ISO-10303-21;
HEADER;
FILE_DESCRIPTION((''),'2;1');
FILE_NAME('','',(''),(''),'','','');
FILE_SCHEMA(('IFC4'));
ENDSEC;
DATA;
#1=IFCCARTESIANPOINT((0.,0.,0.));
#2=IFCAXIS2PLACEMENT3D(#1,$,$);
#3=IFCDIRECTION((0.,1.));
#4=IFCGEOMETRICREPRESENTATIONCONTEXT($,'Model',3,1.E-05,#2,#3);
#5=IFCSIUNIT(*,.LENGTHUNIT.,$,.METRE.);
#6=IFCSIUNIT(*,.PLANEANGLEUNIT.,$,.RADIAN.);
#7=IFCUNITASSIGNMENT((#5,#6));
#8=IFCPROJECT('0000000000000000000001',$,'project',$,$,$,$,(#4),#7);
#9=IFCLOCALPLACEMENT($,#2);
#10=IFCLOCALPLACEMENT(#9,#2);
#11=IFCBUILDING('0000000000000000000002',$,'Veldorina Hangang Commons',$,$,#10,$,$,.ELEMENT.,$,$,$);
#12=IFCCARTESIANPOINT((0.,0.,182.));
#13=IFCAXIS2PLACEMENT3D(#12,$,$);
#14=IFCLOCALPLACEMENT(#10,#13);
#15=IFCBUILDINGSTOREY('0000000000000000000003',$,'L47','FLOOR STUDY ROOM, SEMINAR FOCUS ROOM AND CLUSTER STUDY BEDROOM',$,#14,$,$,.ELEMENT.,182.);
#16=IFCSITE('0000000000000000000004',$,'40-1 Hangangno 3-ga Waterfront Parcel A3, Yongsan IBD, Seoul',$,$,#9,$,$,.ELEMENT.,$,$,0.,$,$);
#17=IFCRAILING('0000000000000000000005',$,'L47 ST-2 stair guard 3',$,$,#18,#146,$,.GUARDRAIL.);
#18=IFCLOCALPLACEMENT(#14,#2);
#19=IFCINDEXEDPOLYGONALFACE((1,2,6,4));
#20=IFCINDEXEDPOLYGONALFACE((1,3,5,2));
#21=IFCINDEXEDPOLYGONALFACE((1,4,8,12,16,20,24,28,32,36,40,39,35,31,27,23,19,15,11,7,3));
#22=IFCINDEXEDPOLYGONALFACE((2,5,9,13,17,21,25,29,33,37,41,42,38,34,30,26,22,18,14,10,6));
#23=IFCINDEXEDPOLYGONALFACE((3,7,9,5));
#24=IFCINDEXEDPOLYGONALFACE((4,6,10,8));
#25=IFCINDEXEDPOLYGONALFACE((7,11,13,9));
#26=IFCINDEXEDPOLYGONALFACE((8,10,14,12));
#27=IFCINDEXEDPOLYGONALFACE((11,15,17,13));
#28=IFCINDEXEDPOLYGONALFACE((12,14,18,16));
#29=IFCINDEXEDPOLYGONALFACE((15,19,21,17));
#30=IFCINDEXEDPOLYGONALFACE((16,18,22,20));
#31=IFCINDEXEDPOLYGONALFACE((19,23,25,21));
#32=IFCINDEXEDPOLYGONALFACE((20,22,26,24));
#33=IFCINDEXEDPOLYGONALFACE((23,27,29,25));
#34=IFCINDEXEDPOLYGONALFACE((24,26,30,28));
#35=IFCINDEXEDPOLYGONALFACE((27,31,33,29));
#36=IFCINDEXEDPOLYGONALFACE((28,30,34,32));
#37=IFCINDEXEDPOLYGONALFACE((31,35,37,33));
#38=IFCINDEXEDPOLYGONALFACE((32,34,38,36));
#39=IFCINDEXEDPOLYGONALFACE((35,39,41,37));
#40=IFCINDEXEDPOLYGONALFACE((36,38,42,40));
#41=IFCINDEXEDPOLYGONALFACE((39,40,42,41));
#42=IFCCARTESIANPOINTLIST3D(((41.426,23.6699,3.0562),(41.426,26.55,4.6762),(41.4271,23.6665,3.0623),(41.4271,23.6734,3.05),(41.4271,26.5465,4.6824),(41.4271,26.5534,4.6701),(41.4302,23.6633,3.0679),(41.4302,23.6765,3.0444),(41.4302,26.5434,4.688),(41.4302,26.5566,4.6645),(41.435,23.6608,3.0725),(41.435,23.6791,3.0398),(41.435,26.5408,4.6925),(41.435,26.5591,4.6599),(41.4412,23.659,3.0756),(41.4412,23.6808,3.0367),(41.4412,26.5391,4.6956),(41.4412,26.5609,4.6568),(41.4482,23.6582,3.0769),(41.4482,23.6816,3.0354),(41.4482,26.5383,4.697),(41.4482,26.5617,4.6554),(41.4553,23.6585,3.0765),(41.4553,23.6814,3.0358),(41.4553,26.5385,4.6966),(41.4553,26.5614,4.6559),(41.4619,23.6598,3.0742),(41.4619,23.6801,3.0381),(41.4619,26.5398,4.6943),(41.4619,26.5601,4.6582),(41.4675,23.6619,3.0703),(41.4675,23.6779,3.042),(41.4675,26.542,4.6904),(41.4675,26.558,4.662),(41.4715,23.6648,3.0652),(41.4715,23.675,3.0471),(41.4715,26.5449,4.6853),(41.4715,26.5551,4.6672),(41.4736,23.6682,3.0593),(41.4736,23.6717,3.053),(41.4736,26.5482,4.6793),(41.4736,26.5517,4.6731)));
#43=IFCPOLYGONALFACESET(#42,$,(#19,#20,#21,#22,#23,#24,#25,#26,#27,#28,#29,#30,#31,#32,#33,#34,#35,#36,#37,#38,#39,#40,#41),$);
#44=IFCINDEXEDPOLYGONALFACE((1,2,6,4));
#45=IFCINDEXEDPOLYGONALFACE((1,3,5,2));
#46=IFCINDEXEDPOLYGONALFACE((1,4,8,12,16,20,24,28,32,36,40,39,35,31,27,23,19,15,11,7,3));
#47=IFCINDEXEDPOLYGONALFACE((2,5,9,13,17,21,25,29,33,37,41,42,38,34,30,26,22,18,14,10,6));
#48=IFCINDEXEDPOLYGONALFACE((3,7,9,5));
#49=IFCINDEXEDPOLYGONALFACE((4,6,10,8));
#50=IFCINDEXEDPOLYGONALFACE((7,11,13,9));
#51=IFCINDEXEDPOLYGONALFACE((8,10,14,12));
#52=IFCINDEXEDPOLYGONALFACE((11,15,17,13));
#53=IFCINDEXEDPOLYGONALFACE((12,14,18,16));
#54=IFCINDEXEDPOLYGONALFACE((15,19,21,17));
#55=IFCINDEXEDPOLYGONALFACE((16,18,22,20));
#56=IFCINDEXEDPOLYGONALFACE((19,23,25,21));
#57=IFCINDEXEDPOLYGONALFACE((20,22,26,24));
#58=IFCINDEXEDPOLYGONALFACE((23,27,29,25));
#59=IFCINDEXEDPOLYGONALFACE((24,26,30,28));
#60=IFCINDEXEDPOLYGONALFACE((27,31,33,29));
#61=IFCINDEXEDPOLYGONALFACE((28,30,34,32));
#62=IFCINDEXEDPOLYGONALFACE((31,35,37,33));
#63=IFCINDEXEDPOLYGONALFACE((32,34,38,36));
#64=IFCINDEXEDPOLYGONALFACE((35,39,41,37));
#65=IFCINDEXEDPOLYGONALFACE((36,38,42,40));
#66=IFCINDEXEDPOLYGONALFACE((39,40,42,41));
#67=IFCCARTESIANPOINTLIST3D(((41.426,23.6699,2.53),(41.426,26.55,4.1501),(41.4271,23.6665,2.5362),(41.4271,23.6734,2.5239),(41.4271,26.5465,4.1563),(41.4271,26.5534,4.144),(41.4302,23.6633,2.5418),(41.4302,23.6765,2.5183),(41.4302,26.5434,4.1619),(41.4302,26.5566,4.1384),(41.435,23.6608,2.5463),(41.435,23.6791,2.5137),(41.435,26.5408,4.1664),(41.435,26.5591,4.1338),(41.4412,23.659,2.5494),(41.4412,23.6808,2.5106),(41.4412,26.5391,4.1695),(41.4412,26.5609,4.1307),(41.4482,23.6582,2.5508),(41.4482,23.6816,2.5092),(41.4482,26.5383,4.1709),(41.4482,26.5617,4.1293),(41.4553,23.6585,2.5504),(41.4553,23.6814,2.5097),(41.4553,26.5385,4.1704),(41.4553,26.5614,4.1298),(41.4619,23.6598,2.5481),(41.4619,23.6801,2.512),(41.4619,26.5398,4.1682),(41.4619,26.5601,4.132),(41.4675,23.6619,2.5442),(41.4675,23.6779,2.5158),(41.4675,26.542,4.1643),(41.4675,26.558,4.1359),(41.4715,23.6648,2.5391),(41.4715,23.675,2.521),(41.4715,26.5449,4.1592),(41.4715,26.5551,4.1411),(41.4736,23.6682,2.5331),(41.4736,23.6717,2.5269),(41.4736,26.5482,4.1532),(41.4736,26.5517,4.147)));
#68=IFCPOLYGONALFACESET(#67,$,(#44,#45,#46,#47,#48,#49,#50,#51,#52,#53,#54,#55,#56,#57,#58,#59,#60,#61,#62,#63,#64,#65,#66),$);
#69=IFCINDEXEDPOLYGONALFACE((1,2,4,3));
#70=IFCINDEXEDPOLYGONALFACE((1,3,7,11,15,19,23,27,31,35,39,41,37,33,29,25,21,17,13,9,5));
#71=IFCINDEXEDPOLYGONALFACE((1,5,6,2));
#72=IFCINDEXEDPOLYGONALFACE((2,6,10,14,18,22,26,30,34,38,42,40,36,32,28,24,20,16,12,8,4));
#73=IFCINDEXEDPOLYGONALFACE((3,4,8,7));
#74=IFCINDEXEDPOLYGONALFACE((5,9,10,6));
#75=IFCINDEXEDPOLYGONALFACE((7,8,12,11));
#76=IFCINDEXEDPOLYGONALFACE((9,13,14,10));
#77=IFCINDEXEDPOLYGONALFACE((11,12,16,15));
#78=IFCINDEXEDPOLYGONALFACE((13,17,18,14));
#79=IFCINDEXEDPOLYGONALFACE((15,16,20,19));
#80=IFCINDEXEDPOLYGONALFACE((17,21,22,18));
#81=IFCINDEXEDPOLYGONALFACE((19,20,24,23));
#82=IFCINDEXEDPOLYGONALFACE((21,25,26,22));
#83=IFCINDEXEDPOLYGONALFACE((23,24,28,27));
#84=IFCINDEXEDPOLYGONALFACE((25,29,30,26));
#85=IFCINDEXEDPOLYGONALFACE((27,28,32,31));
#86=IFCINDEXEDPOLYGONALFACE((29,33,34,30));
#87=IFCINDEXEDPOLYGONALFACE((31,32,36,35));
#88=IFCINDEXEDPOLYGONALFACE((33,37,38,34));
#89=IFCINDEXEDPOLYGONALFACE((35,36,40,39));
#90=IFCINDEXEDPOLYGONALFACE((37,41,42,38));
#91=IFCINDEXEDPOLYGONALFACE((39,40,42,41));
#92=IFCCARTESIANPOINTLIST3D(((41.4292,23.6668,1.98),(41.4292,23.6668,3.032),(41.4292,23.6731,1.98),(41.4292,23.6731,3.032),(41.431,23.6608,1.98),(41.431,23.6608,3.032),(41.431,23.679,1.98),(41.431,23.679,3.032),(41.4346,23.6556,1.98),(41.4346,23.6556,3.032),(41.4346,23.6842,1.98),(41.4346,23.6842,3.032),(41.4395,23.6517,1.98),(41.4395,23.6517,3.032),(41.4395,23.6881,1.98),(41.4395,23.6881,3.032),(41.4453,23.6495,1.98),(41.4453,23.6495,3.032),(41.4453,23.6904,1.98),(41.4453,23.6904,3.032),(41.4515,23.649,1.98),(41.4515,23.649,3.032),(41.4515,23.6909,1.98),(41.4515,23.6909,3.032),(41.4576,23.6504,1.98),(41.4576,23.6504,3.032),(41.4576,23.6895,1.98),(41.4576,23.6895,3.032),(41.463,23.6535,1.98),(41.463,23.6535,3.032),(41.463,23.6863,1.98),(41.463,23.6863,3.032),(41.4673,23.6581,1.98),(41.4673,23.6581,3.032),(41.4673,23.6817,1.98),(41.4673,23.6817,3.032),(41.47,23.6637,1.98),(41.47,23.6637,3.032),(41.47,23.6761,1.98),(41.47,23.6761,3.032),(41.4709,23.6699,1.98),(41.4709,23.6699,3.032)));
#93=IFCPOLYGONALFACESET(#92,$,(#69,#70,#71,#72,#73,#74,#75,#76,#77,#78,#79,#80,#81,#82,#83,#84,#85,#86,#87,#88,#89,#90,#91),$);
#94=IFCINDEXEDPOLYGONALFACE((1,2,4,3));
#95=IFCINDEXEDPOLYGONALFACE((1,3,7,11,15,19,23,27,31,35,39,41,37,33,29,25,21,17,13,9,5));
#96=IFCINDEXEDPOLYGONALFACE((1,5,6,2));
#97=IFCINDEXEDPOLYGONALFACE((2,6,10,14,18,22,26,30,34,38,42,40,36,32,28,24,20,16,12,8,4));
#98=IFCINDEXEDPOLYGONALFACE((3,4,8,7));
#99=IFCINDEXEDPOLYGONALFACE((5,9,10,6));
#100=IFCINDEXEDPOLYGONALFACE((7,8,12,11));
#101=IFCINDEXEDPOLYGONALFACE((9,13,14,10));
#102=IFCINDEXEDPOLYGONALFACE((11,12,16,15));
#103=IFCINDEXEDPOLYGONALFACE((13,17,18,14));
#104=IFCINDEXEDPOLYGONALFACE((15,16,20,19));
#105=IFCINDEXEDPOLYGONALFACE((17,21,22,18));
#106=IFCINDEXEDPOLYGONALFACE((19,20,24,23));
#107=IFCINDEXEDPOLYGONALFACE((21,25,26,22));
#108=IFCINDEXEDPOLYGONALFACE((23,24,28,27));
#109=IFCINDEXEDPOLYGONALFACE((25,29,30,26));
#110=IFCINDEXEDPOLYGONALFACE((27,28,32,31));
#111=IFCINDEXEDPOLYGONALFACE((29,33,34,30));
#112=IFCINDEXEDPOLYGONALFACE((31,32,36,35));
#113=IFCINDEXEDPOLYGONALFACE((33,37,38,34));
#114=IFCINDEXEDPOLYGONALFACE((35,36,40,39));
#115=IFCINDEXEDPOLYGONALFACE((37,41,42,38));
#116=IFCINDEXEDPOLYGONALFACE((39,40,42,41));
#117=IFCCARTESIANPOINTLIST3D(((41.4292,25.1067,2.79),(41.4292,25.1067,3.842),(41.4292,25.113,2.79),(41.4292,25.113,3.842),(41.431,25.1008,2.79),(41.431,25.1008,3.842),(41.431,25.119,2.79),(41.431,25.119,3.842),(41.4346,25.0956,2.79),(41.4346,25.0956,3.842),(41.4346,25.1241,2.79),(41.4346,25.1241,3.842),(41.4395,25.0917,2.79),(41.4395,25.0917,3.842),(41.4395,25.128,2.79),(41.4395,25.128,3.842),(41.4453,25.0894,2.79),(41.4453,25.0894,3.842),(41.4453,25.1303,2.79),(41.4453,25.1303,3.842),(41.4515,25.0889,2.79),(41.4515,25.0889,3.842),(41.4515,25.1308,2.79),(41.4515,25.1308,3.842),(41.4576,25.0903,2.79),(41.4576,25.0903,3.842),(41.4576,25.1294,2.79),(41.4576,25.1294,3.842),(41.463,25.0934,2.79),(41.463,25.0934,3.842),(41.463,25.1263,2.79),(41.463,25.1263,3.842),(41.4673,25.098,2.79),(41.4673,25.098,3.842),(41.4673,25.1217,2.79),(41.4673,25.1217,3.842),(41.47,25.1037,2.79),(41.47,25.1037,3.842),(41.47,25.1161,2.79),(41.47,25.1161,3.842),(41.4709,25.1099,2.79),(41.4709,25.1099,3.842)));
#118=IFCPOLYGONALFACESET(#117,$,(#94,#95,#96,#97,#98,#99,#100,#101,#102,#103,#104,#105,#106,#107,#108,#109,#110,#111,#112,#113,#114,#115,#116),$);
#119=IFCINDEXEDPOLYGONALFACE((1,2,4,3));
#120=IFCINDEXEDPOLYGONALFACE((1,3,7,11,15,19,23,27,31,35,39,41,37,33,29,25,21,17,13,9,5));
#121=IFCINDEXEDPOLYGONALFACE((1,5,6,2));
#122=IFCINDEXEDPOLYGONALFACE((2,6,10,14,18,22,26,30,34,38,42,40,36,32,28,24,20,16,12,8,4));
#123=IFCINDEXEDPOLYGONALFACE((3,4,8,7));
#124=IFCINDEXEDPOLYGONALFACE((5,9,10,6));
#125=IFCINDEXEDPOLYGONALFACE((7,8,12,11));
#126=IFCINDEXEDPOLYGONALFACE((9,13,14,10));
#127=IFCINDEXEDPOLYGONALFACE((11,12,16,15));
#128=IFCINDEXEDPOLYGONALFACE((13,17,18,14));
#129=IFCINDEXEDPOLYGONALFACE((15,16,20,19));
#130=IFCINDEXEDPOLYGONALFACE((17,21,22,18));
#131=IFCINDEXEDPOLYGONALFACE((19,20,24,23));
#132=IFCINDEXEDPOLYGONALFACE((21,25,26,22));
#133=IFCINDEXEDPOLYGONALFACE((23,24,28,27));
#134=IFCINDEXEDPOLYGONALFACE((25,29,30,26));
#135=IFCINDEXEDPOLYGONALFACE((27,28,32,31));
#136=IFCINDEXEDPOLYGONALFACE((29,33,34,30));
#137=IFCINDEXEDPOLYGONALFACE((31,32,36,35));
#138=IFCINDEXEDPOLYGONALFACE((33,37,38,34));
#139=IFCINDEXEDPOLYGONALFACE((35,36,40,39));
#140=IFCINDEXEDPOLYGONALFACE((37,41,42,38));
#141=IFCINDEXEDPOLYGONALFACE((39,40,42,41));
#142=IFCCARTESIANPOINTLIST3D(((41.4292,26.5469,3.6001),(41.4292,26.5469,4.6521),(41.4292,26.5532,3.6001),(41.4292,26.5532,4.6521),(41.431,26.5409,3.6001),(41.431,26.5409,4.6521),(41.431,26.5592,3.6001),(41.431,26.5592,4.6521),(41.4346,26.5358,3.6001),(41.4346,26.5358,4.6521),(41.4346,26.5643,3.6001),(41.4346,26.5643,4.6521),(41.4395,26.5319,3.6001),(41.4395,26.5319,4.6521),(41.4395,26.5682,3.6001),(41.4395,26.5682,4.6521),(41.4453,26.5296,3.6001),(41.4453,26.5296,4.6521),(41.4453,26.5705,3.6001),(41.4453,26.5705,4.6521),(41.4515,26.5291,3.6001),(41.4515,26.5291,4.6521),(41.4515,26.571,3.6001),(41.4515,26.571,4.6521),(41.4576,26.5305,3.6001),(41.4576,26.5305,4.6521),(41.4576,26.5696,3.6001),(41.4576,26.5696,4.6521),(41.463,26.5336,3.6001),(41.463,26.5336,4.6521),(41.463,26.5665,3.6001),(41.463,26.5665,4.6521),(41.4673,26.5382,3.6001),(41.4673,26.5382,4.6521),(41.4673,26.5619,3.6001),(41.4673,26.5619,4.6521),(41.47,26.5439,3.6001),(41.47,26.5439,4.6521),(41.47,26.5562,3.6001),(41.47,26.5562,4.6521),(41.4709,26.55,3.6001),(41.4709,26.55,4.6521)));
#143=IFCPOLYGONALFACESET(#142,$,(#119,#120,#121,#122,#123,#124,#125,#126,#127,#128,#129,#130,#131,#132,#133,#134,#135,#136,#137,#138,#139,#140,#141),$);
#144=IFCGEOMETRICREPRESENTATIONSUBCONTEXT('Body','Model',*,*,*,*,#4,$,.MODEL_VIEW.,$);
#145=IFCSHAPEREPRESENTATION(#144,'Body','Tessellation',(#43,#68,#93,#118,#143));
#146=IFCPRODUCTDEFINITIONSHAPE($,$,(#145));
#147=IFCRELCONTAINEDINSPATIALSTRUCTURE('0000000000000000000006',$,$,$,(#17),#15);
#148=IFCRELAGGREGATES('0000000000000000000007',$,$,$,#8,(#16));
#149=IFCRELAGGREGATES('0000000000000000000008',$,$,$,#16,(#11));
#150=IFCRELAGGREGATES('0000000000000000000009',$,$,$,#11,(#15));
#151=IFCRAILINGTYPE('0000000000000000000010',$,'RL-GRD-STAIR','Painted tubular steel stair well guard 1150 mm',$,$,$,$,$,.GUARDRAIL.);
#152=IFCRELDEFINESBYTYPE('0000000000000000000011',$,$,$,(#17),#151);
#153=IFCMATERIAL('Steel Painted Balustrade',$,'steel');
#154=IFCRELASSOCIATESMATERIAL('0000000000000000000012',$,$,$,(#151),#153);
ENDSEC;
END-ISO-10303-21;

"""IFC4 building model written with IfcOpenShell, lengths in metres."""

from ifc_helpers import new_model, si_unit, direction, frame, origin, origin_2d, place, context, subcontext, project, spatial, circle, extrude, material, type_object, element, save


model = new_model("IFC4")

# Units and contexts
model_context = context("Model", 3, precision=1e-05, world=origin(), true_north=direction((0.0, 1.0)))
body_context = subcontext(model_context, "Body", "Model", "MODEL_VIEW")
ifc_project = project(units=[si_unit("LENGTHUNIT", "METRE"), si_unit("PLANEANGLEUNIT", "RADIAN")], contexts=[model_context])

# Site, building, storey
site_placement = place(None, origin())
site = spatial("IfcSite", under=ifc_project, at=site_placement, Name="40-1 Hangangno 3-ga Waterfront Parcel A3, Yongsan IBD, Seoul", CompositionType="ELEMENT", RefElevation=0.0)
building_placement = place(site_placement, origin())
building = spatial("IfcBuilding", under=site, at=building_placement, Name="Veldorina Hangang Commons", CompositionType="ELEMENT")
storey_placement = place(building_placement, frame((0.0, 0.0, 182.0)))
storey = spatial("IfcBuildingStorey", under=building, at=storey_placement, Name="L47", Description="FLOOR STUDY ROOM, SEMINAR FOCUS ROOM AND CLUSTER STUDY BEDROOM", CompositionType="ELEMENT", Elevation=182.0)

# Railing
ifc_material_1 = material(Name="Steel Painted Balustrade", Category="steel")
railing_type_1 = type_object("IfcRailingType", Name="RL-GRD-STAIR", Description="Painted tubular steel stair well guard 1150 mm", PredefinedType="GUARDRAIL", material=ifc_material_1)
railing_1_placement = place(storey_placement, frame((41.45, 23.6699, 1.98)))
element("IfcRailing", 1, at=railing_1_placement, inside=storey, type_object=railing_type_1, Name="L47 ST-2 stair guard 3", PredefinedType="GUARDRAIL", context=body_context, shape_type="SweptSolid", body=[
    extrude(circle(Radius=0.0239, at=origin_2d()), frame((0.0, 0.0, 1.0762), z_axis=(0.0, 0.87157, 0.490272), x_axis=(-1.0, 0.0, 0.0)), (0.0, 0.0, 1.0), 3.3044),
    extrude(circle(Radius=0.0239, at=origin_2d()), frame((0.0, 0.0, 0.55), z_axis=(0.0, 0.87157, 0.490272), x_axis=(-1.0, 0.0, 0.0)), (0.0, 0.0, 1.0), 3.3044),
    extrude(circle(Radius=0.021, at=origin_2d()), origin(), (0.0, 0.0, 1.0), 1.052),
    extrude(circle(Radius=0.021, at=origin_2d()), frame((0.0, 1.4399, 0.8101)), (0.0, 0.0, 1.0), 1.052),
    extrude(circle(Radius=0.021, at=origin_2d()), frame((0.0, 2.8801, 1.6201)), (0.0, 0.0, 1.0), 1.052),
])

save(model, "model.ifc")
